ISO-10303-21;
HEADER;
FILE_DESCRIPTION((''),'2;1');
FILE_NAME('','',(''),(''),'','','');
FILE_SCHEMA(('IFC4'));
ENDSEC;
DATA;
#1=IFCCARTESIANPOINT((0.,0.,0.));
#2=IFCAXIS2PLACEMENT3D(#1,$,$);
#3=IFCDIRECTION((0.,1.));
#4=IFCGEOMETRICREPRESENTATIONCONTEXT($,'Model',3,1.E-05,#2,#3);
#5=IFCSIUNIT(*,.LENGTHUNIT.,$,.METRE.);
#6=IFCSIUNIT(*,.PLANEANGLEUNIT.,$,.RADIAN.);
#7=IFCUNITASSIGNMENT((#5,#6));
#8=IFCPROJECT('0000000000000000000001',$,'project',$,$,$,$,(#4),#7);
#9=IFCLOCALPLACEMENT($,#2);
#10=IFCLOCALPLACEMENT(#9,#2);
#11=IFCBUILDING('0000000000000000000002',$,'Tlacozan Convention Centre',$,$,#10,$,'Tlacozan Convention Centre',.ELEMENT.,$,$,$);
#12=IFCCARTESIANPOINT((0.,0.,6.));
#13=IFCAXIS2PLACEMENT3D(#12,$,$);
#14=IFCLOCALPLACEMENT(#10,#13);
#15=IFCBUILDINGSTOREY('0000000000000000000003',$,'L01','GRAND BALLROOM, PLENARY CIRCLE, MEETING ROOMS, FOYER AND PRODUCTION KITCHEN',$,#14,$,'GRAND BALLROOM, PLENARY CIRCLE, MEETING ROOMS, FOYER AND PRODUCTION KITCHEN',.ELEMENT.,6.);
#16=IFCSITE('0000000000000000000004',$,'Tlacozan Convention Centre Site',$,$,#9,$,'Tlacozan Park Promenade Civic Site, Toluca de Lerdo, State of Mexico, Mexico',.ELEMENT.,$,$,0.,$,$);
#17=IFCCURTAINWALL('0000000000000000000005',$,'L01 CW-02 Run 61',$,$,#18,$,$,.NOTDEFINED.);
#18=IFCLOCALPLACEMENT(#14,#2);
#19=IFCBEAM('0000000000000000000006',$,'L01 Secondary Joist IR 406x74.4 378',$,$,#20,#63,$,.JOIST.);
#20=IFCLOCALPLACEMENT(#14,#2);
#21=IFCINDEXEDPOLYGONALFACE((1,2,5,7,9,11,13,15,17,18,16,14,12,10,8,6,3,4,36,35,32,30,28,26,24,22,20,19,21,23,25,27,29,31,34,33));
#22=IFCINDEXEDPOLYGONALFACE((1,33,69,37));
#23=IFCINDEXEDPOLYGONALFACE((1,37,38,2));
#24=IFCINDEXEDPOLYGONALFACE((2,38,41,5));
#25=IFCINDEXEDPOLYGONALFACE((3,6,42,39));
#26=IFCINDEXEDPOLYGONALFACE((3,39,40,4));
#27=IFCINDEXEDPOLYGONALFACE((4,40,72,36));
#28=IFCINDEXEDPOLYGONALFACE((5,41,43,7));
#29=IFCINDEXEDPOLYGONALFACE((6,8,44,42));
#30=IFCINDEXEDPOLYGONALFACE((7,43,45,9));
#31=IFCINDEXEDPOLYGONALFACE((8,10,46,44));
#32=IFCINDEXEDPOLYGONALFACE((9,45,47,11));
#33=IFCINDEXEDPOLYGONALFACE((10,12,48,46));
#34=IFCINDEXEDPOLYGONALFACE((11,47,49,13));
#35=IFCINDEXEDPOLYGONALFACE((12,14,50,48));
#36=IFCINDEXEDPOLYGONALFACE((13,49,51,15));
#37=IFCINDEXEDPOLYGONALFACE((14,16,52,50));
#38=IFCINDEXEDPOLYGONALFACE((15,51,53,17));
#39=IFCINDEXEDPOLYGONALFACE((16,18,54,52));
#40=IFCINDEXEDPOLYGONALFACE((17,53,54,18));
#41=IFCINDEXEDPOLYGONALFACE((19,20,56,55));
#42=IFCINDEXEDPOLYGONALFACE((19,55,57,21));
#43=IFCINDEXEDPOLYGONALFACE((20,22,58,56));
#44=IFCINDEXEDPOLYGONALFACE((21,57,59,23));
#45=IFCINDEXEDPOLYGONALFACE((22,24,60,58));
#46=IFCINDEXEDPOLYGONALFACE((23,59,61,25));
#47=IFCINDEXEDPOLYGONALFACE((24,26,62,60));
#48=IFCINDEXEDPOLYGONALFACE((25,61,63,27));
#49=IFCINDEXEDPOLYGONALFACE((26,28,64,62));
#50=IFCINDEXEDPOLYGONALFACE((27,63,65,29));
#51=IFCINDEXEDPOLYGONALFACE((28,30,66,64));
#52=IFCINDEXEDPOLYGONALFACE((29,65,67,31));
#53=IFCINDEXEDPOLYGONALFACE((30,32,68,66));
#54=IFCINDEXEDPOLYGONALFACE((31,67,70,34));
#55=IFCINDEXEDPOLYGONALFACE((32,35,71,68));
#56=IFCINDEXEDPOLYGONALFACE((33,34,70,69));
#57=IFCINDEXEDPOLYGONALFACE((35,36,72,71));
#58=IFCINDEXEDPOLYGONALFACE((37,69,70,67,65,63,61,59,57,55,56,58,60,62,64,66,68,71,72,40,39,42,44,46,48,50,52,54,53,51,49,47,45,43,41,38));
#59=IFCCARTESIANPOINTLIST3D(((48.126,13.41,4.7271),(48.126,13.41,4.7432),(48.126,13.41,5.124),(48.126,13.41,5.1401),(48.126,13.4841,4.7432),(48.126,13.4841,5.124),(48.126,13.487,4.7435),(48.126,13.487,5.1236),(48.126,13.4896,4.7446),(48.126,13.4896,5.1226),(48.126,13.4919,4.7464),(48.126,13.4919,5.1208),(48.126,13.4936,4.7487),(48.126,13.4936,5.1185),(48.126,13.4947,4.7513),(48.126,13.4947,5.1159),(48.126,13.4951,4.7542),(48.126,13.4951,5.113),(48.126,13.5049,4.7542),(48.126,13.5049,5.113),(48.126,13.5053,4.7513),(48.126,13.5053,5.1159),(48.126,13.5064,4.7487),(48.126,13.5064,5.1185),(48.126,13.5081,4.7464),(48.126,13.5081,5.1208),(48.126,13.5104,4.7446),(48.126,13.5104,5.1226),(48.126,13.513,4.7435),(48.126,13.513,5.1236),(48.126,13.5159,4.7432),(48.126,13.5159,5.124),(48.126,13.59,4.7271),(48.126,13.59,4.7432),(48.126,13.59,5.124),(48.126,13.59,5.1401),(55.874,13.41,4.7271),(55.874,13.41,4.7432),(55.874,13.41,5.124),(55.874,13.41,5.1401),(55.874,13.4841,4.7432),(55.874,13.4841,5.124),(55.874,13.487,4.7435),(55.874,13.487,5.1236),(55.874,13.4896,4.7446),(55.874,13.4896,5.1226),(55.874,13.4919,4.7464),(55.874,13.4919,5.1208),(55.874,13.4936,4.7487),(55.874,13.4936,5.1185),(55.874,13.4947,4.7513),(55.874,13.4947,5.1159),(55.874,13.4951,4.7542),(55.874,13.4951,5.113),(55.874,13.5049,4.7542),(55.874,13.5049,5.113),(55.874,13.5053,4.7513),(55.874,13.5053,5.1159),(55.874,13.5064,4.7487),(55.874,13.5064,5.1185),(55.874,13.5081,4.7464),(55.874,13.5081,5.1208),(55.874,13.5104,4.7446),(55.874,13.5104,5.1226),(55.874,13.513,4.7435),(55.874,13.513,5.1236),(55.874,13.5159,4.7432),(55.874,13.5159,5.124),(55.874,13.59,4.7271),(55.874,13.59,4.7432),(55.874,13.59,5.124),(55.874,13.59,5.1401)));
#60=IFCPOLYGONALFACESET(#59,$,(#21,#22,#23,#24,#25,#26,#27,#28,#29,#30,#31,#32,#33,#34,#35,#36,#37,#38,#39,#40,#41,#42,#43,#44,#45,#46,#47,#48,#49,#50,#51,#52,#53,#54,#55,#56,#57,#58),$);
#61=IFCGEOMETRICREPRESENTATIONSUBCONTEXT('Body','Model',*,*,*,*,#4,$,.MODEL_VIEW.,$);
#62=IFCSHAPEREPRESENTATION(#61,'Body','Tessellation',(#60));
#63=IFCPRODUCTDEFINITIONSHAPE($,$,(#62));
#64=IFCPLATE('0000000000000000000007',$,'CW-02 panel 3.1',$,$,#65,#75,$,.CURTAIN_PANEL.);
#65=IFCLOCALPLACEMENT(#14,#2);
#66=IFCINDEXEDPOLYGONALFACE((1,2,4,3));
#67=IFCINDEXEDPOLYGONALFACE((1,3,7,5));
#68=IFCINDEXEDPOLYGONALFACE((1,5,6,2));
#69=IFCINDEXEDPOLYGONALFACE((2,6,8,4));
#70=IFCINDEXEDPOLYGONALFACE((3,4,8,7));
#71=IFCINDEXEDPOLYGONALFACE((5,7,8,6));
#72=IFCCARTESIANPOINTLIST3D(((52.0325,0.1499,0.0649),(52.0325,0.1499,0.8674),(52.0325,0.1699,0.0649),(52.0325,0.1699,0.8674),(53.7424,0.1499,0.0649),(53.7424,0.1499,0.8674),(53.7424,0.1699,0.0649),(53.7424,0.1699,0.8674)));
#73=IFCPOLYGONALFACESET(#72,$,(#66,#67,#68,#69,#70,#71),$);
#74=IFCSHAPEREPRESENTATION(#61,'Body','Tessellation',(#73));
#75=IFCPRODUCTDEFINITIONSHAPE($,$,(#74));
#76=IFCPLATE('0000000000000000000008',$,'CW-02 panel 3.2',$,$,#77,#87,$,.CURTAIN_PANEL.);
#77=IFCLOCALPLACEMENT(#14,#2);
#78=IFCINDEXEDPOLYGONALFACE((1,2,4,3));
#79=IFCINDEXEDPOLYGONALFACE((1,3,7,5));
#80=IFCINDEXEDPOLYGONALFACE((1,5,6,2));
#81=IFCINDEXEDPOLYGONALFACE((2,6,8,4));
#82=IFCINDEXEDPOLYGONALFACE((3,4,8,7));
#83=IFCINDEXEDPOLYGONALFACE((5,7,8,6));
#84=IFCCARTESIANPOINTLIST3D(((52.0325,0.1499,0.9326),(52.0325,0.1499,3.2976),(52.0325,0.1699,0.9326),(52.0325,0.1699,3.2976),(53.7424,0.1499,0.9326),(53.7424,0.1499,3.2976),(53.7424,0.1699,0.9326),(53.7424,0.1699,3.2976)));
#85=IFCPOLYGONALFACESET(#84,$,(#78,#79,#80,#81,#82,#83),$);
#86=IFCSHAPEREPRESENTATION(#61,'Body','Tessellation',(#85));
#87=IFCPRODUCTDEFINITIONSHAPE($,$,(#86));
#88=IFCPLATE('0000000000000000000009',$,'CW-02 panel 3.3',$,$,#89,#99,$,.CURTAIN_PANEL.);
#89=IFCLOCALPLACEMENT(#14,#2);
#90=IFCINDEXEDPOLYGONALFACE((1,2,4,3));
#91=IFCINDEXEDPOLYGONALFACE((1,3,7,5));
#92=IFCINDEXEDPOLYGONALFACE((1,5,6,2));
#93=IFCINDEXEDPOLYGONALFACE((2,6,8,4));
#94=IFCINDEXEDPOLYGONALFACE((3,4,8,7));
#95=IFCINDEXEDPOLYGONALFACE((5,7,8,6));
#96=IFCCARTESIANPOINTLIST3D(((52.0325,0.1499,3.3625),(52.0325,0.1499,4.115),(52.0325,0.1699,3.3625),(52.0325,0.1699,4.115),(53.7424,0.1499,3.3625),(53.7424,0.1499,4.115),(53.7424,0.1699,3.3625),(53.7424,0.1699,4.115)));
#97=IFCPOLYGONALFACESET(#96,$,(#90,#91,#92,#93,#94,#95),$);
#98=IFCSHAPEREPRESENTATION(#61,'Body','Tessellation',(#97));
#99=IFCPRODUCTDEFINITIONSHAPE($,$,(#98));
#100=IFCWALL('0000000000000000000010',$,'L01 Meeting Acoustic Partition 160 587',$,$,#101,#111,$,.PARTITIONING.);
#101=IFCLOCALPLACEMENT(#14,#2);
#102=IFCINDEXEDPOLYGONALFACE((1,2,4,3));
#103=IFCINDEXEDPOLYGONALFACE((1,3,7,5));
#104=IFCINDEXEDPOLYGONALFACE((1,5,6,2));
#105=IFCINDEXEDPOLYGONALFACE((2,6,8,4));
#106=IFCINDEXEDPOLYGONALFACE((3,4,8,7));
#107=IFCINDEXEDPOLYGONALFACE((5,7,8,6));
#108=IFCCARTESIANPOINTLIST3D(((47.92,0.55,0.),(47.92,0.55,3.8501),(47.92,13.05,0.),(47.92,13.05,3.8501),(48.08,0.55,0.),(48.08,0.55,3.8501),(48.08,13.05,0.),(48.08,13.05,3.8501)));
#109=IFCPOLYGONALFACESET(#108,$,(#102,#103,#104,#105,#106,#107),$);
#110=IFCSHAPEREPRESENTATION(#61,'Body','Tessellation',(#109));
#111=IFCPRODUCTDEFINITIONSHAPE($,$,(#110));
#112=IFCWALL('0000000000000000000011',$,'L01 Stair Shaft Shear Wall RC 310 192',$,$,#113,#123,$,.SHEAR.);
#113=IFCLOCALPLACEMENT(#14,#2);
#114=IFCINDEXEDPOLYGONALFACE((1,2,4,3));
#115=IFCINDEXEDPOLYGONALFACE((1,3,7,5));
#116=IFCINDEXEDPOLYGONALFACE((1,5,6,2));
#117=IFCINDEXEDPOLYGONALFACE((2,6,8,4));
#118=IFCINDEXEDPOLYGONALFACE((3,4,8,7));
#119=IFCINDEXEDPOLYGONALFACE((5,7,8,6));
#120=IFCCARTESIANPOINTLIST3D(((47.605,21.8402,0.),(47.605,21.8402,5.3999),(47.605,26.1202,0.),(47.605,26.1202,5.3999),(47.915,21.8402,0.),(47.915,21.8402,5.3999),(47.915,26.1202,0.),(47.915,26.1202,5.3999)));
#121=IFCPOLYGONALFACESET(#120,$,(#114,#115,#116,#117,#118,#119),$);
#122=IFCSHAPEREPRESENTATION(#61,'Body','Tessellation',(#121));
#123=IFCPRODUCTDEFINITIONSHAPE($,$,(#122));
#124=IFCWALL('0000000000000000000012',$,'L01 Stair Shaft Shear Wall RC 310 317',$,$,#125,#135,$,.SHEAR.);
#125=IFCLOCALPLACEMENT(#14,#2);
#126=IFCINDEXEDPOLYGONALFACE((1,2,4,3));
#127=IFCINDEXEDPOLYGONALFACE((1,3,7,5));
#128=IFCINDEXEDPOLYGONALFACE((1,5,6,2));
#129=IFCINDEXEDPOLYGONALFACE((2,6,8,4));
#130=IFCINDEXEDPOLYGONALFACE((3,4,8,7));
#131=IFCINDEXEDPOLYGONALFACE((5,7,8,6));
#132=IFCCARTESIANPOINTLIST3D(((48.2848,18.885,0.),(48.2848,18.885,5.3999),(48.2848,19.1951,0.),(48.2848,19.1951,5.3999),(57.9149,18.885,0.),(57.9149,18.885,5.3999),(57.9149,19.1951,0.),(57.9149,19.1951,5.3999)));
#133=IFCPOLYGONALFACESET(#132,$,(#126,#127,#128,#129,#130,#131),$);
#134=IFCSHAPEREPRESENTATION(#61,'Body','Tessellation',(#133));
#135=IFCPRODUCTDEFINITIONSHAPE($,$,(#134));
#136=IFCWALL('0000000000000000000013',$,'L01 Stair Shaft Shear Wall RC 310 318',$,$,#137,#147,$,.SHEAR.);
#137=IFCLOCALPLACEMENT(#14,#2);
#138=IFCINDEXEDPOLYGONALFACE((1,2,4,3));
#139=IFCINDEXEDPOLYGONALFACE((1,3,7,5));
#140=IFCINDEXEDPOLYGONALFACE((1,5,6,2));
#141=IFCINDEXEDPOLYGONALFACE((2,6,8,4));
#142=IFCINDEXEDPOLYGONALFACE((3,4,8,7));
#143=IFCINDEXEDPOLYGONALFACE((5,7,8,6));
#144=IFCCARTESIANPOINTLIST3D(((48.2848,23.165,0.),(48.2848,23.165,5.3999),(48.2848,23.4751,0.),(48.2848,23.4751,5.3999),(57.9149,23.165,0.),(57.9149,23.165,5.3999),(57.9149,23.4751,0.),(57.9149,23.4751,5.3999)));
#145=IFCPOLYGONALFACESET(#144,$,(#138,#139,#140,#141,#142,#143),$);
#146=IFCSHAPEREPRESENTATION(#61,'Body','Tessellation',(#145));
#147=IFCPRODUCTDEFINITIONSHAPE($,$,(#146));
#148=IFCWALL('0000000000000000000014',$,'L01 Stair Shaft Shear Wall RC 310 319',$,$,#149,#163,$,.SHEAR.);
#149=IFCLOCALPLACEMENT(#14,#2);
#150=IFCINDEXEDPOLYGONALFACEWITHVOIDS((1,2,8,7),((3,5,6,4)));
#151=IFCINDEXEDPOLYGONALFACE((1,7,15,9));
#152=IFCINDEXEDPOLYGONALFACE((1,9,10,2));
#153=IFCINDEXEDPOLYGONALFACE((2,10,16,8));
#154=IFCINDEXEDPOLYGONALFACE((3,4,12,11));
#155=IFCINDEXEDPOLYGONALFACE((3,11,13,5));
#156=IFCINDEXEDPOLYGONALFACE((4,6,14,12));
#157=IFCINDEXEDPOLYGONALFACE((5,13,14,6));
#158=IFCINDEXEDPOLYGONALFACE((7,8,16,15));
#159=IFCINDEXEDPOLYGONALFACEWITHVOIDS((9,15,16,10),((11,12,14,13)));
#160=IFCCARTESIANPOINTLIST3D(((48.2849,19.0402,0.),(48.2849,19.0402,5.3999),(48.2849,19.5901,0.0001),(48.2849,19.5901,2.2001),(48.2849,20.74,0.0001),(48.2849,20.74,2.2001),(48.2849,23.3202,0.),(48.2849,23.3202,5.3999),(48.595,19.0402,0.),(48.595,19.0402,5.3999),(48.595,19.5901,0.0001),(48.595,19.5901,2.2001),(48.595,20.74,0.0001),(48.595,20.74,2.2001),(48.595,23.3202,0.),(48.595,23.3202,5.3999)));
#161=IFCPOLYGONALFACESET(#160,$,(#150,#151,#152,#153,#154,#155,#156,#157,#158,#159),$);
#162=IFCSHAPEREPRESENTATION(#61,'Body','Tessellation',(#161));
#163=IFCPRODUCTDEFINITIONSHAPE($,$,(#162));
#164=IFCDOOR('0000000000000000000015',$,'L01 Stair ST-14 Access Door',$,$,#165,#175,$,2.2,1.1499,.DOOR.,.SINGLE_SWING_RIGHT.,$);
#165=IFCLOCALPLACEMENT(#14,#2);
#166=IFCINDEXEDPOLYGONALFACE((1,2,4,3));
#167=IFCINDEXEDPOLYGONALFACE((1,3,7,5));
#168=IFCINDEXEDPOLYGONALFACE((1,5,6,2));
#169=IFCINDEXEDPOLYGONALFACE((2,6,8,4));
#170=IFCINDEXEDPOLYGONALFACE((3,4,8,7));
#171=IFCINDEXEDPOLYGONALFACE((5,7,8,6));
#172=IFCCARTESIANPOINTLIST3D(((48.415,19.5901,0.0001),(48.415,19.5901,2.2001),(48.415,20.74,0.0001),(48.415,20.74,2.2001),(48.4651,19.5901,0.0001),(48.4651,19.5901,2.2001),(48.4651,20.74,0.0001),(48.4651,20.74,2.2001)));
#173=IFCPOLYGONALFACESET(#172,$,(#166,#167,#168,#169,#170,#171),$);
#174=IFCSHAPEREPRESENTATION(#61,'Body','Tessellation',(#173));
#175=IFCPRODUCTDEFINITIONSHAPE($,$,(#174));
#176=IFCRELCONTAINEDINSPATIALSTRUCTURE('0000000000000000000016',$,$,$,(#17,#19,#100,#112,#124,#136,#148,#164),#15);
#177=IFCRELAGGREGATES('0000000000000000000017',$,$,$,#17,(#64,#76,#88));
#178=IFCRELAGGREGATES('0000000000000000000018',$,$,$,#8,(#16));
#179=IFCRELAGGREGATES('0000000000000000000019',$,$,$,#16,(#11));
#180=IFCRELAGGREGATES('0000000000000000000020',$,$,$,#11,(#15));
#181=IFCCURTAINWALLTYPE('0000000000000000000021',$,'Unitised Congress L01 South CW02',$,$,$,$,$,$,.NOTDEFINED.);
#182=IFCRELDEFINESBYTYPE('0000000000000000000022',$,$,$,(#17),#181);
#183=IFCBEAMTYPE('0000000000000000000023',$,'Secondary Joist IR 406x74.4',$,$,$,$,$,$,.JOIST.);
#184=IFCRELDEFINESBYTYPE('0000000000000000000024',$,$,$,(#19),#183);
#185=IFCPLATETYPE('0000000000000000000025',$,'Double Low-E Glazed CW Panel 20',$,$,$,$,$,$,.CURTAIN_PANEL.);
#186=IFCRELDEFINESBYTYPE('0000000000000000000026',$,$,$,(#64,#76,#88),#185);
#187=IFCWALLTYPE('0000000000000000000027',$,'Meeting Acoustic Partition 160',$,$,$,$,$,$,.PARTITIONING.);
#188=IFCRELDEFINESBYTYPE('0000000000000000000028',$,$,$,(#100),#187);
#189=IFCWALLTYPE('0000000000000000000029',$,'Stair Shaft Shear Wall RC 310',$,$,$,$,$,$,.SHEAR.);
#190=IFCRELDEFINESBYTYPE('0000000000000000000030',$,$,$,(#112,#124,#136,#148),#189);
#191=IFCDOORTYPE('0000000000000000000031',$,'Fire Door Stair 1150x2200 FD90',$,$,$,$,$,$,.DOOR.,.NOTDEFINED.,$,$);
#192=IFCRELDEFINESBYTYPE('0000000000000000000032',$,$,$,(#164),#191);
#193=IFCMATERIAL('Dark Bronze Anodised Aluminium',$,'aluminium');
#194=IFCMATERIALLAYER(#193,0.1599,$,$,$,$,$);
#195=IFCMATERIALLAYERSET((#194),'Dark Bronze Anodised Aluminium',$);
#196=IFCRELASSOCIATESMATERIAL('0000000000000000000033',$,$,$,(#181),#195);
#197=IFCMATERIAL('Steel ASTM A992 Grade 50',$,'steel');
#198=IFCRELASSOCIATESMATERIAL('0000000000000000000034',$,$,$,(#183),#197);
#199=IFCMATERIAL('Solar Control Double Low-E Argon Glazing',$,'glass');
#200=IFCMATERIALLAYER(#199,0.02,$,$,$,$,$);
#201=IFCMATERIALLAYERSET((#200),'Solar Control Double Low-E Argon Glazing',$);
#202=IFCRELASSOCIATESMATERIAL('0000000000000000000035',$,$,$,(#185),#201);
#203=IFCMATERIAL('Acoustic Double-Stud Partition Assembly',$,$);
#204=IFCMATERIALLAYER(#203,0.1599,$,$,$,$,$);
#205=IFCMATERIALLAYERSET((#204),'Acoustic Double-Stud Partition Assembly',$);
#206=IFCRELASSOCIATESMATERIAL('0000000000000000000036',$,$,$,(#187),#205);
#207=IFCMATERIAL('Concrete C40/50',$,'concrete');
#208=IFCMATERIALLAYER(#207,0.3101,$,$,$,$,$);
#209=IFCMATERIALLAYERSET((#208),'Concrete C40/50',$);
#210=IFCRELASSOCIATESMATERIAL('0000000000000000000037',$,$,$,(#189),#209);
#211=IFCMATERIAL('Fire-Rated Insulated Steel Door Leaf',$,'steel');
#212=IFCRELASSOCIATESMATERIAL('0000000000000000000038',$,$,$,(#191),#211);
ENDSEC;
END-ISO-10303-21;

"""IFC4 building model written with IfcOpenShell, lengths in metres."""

from ifc_helpers import new_model, si_unit, direction, frame, frame_2d, origin, origin_2d, place, context, subcontext, project, spatial, rectangle, i_section, extrude, material, layer, layer_set, material_profile, profile_set, type_object, element, fill, aggregate, save


model = new_model("IFC4")

# Units and contexts
model_context = context("Model", 3, precision=1e-05, world=origin(), true_north=direction((0.0, 1.0)))
body_context = subcontext(model_context, "Body", "Model", "MODEL_VIEW")
ifc_project = project(units=[si_unit("LENGTHUNIT", "METRE"), si_unit("PLANEANGLEUNIT", "RADIAN")], contexts=[model_context])

# Site, building, storey
site_placement = place(None, origin())
site = spatial("IfcSite", under=ifc_project, at=site_placement, Name="Tlacozan Convention Centre Site", LongName="Tlacozan Park Promenade Civic Site, Toluca de Lerdo, State of Mexico, Mexico", CompositionType="ELEMENT", RefElevation=0.0)
building_placement = place(site_placement, origin())
building = spatial("IfcBuilding", under=site, at=building_placement, Name="Tlacozan Convention Centre", LongName="Tlacozan Convention Centre", CompositionType="ELEMENT")
storey_placement = place(building_placement, frame((0.0, 0.0, 6.0)))
storey = spatial("IfcBuildingStorey", under=building, at=storey_placement, Name="L01", Description="GRAND BALLROOM, PLENARY CIRCLE, MEETING ROOMS, FOYER AND PRODUCTION KITCHEN", LongName="GRAND BALLROOM, PLENARY CIRCLE, MEETING ROOMS, FOYER AND PRODUCTION KITCHEN", CompositionType="ELEMENT", Elevation=6.0)

# Shared definitions
ifc_material_1 = material(Name="Concrete C40/50", Category="concrete")

# Curtain wall
ifc_material_2 = material(Name="Dark Bronze Anodised Aluminium", Category="aluminium")
ifc_layer_1 = layer(ifc_material_2, 0.1599)
ifc_layer_set_1 = layer_set([ifc_layer_1], Name="Dark Bronze Anodised Aluminium")
curtain_wall_type = type_object("IfcCurtainWallType", Name="Unitised Congress L01 South CW02", PredefinedType="NOTDEFINED", material=ifc_layer_set_1)
curtain_wall_placement = place(storey_placement, origin())
curtain_wall = element("IfcCurtainWall", 1, at=curtain_wall_placement, inside=storey, type_object=curtain_wall_type, Name="L01 CW-02 Run 61", PredefinedType="NOTDEFINED")

# Beam
ifc_material_3 = material(Name="Steel ASTM A992 Grade 50", Category="steel")
ifc_material_profile_1 = material_profile(ifc_material_3, i_section(OverallWidth=0.1799, OverallDepth=0.4131, WebThickness=0.0098, FlangeThickness=0.0161, FilletRadius=0.011, at=origin_2d()), Name="IR 406x74.4")
ifc_profile_set_1 = profile_set([ifc_material_profile_1], Name="Steel ASTM A992 Grade 50")
beam_type_1 = type_object("IfcBeamType", Name="Secondary Joist IR 406x74.4", PredefinedType="JOIST", material=ifc_profile_set_1)
for number, where, z_axis, x_axis, name in (
    (2, (48.126, 13.5, 4.9336), (1.0, 0.0, 0.0), (0.0, 1.0, 0.0), "L01 Secondary Joist IR 406x74.4 378"),
):
    element("IfcBeam", number, at=place(storey_placement, frame(where, z_axis=z_axis, x_axis=x_axis)), inside=storey, type_object=beam_type_1, Name=name, PredefinedType="JOIST", context=body_context, shape_type="SweptSolid", body=[
        extrude(i_section(OverallWidth=0.1799, OverallDepth=0.4131, WebThickness=0.0098, FlangeThickness=0.0161, FilletRadius=0.011, at=origin_2d()), origin(), (0.0, 0.0, 1.0), 7.748),
    ])

# Plates
ifc_material_4 = material(Name="Solar Control Double Low-E Argon Glazing", Category="glass")
ifc_layer_2 = layer(ifc_material_4, 0.02)
ifc_layer_set_2 = layer_set([ifc_layer_2], Name="Solar Control Double Low-E Argon Glazing")
plate_type = type_object("IfcPlateType", Name="Double Low-E Glazed CW Panel 20", PredefinedType="CURTAIN_PANEL", material=ifc_layer_set_2)
plate_1_placement = place(storey_placement, frame((52.8875, 0.1599, 0.0649), z_axis=(0.0, 0.0, 1.0), x_axis=(1.0, 0.0, 0.0)))
plate_1 = element("IfcPlate", 3, at=plate_1_placement, type_object=plate_type, Name="CW-02 panel 3.1", PredefinedType="CURTAIN_PANEL", context=body_context, shape_type="SweptSolid", body=[
    extrude(rectangle(XDim=1.71, YDim=0.02, at=origin_2d()), origin(), (0.0, 0.0, 1.0), 0.8025),
])
plate_2_placement = place(storey_placement, frame((52.8875, 0.1599, 0.9326), z_axis=(0.0, 0.0, 1.0), x_axis=(1.0, 0.0, 0.0)))
plate_2 = element("IfcPlate", 4, at=plate_2_placement, type_object=plate_type, Name="CW-02 panel 3.2", PredefinedType="CURTAIN_PANEL", context=body_context, shape_type="SweptSolid", body=[
    extrude(rectangle(XDim=1.71, YDim=0.02, at=origin_2d()), origin(), (0.0, 0.0, 1.0), 2.365),
])
plate_3_placement = place(storey_placement, frame((52.8875, 0.1599, 3.3625), z_axis=(0.0, 0.0, 1.0), x_axis=(1.0, 0.0, 0.0)))
plate_3 = element("IfcPlate", 5, at=plate_3_placement, type_object=plate_type, Name="CW-02 panel 3.3", PredefinedType="CURTAIN_PANEL", context=body_context, shape_type="SweptSolid", body=[
    extrude(rectangle(XDim=1.71, YDim=0.02, at=origin_2d()), origin(), (0.0, 0.0, 1.0), 0.7524),
])
aggregate(curtain_wall, [plate_1, plate_2, plate_3])

# Walls
ifc_material_5 = material(Name="Acoustic Double-Stud Partition Assembly")
ifc_layer_3 = layer(ifc_material_5, 0.1599)
ifc_layer_set_3 = layer_set([ifc_layer_3], Name="Acoustic Double-Stud Partition Assembly")
wall_type_1 = type_object("IfcWallType", Name="Meeting Acoustic Partition 160", PredefinedType="PARTITIONING", material=ifc_layer_set_3)
wall_1_placement = place(storey_placement, frame((48.0, 0.55, 0.0), z_axis=(0.0, 0.0, 1.0), x_axis=(0.0, 1.0, 0.0)))
element("IfcWall", 6, at=wall_1_placement, inside=storey, type_object=wall_type_1, Name="L01 Meeting Acoustic Partition 160 587", PredefinedType="PARTITIONING", context=body_context, shape_type="SweptSolid", body=[
    extrude(rectangle(XDim=12.5, YDim=0.1599, at=frame_2d((6.25, 0.0))), origin(), (0.0, 0.0, 1.0), 3.8501),
])
ifc_layer_4 = layer(ifc_material_1, 0.3101)
ifc_layer_set_4 = layer_set([ifc_layer_4], Name="Concrete C40/50")
wall_type_2 = type_object("IfcWallType", Name="Stair Shaft Shear Wall RC 310", PredefinedType="SHEAR", material=ifc_layer_set_4)
wall_2_placement = place(storey_placement, frame((47.76, 21.8401, 0.0), z_axis=(0.0, 0.0, 1.0), x_axis=(0.0, 1.0, 0.0)))
element("IfcWall", 7, at=wall_2_placement, inside=storey, type_object=wall_type_2, Name="L01 Stair Shaft Shear Wall RC 310 192", PredefinedType="SHEAR", context=body_context, shape_type="SweptSolid", body=[
    extrude(rectangle(XDim=4.28, YDim=0.3101, at=frame_2d((2.1401, 0.0))), origin(), (0.0, 0.0, 1.0), 5.3999),
])
for number, where, z_axis, x_axis, name in (
    (8, (48.2849, 19.04, 0.0), (0.0, 0.0, 1.0), (1.0, 0.0, 0.0), "L01 Stair Shaft Shear Wall RC 310 317"),
    (9, (48.2849, 23.3201, 0.0), (0.0, 0.0, 1.0), (1.0, 0.0, 0.0), "L01 Stair Shaft Shear Wall RC 310 318"),
):
    element("IfcWall", number, at=place(storey_placement, frame(where, z_axis=z_axis, x_axis=x_axis)), inside=storey, type_object=wall_type_2, Name=name, PredefinedType="SHEAR", context=body_context, shape_type="SweptSolid", body=[
        extrude(rectangle(XDim=9.6301, YDim=0.3101, at=frame_2d((4.8149, 0.0))), origin(), (0.0, 0.0, 1.0), 5.3999),
    ])

# Wall, opening, door
wall_3_placement = place(storey_placement, frame((48.4399, 19.04, 0.0), z_axis=(0.0, 0.0, 1.0), x_axis=(0.0, 1.0, 0.0)))
wall_3 = element("IfcWall", 10, at=wall_3_placement, inside=storey, type_object=wall_type_2, Name="L01 Stair Shaft Shear Wall RC 310 319", PredefinedType="SHEAR", context=body_context, shape_type="SweptSolid", body=[
    extrude(rectangle(XDim=4.28, YDim=0.3101, at=frame_2d((2.1401, 0.0))), origin(), (0.0, 0.0, 1.0), 5.3999),
])
opening_placement = place(wall_3_placement, frame((0.55, 0.0, 0.0)))
opening = element("IfcOpeningElement", 11, at=opening_placement, cuts=wall_3, PredefinedType="OPENING", context=body_context, shape_type="SweptSolid", body=[
    extrude(rectangle(XDim=1.1499, YDim=2.2, at=frame_2d((0.575, 1.1001))), frame((0.0, 0.165, 0.0), z_axis=(0.0, -1.0, 0.0), x_axis=(1.0, 0.0, 0.0)), (0.0, 0.0, 1.0), 0.3301),
])
ifc_material_6 = material(Name="Fire-Rated Insulated Steel Door Leaf", Category="steel")
door_type = type_object("IfcDoorType", Name="Fire Door Stair 1150x2200 FD90", OperationType="NOTDEFINED", PredefinedType="DOOR", material=ifc_material_6)
door_placement = place(opening_placement, origin())
door = element("IfcDoor", 12, at=door_placement, inside=storey, type_object=door_type, Name="L01 Stair ST-14 Access Door", OperationType="SINGLE_SWING_RIGHT", OverallHeight=2.2, OverallWidth=1.1499, PredefinedType="DOOR", context=body_context, shape_type="SweptSolid", body=[
    extrude(rectangle(XDim=1.1499, YDim=2.2, at=frame_2d((0.575, 1.1001))), frame((0.0, 0.0249, 0.0), z_axis=(0.0, -1.0, 0.0), x_axis=(1.0, 0.0, 0.0)), (0.0, 0.0, 1.0), 0.05),
])
fill(opening, door)

save(model, "model.ifc")
